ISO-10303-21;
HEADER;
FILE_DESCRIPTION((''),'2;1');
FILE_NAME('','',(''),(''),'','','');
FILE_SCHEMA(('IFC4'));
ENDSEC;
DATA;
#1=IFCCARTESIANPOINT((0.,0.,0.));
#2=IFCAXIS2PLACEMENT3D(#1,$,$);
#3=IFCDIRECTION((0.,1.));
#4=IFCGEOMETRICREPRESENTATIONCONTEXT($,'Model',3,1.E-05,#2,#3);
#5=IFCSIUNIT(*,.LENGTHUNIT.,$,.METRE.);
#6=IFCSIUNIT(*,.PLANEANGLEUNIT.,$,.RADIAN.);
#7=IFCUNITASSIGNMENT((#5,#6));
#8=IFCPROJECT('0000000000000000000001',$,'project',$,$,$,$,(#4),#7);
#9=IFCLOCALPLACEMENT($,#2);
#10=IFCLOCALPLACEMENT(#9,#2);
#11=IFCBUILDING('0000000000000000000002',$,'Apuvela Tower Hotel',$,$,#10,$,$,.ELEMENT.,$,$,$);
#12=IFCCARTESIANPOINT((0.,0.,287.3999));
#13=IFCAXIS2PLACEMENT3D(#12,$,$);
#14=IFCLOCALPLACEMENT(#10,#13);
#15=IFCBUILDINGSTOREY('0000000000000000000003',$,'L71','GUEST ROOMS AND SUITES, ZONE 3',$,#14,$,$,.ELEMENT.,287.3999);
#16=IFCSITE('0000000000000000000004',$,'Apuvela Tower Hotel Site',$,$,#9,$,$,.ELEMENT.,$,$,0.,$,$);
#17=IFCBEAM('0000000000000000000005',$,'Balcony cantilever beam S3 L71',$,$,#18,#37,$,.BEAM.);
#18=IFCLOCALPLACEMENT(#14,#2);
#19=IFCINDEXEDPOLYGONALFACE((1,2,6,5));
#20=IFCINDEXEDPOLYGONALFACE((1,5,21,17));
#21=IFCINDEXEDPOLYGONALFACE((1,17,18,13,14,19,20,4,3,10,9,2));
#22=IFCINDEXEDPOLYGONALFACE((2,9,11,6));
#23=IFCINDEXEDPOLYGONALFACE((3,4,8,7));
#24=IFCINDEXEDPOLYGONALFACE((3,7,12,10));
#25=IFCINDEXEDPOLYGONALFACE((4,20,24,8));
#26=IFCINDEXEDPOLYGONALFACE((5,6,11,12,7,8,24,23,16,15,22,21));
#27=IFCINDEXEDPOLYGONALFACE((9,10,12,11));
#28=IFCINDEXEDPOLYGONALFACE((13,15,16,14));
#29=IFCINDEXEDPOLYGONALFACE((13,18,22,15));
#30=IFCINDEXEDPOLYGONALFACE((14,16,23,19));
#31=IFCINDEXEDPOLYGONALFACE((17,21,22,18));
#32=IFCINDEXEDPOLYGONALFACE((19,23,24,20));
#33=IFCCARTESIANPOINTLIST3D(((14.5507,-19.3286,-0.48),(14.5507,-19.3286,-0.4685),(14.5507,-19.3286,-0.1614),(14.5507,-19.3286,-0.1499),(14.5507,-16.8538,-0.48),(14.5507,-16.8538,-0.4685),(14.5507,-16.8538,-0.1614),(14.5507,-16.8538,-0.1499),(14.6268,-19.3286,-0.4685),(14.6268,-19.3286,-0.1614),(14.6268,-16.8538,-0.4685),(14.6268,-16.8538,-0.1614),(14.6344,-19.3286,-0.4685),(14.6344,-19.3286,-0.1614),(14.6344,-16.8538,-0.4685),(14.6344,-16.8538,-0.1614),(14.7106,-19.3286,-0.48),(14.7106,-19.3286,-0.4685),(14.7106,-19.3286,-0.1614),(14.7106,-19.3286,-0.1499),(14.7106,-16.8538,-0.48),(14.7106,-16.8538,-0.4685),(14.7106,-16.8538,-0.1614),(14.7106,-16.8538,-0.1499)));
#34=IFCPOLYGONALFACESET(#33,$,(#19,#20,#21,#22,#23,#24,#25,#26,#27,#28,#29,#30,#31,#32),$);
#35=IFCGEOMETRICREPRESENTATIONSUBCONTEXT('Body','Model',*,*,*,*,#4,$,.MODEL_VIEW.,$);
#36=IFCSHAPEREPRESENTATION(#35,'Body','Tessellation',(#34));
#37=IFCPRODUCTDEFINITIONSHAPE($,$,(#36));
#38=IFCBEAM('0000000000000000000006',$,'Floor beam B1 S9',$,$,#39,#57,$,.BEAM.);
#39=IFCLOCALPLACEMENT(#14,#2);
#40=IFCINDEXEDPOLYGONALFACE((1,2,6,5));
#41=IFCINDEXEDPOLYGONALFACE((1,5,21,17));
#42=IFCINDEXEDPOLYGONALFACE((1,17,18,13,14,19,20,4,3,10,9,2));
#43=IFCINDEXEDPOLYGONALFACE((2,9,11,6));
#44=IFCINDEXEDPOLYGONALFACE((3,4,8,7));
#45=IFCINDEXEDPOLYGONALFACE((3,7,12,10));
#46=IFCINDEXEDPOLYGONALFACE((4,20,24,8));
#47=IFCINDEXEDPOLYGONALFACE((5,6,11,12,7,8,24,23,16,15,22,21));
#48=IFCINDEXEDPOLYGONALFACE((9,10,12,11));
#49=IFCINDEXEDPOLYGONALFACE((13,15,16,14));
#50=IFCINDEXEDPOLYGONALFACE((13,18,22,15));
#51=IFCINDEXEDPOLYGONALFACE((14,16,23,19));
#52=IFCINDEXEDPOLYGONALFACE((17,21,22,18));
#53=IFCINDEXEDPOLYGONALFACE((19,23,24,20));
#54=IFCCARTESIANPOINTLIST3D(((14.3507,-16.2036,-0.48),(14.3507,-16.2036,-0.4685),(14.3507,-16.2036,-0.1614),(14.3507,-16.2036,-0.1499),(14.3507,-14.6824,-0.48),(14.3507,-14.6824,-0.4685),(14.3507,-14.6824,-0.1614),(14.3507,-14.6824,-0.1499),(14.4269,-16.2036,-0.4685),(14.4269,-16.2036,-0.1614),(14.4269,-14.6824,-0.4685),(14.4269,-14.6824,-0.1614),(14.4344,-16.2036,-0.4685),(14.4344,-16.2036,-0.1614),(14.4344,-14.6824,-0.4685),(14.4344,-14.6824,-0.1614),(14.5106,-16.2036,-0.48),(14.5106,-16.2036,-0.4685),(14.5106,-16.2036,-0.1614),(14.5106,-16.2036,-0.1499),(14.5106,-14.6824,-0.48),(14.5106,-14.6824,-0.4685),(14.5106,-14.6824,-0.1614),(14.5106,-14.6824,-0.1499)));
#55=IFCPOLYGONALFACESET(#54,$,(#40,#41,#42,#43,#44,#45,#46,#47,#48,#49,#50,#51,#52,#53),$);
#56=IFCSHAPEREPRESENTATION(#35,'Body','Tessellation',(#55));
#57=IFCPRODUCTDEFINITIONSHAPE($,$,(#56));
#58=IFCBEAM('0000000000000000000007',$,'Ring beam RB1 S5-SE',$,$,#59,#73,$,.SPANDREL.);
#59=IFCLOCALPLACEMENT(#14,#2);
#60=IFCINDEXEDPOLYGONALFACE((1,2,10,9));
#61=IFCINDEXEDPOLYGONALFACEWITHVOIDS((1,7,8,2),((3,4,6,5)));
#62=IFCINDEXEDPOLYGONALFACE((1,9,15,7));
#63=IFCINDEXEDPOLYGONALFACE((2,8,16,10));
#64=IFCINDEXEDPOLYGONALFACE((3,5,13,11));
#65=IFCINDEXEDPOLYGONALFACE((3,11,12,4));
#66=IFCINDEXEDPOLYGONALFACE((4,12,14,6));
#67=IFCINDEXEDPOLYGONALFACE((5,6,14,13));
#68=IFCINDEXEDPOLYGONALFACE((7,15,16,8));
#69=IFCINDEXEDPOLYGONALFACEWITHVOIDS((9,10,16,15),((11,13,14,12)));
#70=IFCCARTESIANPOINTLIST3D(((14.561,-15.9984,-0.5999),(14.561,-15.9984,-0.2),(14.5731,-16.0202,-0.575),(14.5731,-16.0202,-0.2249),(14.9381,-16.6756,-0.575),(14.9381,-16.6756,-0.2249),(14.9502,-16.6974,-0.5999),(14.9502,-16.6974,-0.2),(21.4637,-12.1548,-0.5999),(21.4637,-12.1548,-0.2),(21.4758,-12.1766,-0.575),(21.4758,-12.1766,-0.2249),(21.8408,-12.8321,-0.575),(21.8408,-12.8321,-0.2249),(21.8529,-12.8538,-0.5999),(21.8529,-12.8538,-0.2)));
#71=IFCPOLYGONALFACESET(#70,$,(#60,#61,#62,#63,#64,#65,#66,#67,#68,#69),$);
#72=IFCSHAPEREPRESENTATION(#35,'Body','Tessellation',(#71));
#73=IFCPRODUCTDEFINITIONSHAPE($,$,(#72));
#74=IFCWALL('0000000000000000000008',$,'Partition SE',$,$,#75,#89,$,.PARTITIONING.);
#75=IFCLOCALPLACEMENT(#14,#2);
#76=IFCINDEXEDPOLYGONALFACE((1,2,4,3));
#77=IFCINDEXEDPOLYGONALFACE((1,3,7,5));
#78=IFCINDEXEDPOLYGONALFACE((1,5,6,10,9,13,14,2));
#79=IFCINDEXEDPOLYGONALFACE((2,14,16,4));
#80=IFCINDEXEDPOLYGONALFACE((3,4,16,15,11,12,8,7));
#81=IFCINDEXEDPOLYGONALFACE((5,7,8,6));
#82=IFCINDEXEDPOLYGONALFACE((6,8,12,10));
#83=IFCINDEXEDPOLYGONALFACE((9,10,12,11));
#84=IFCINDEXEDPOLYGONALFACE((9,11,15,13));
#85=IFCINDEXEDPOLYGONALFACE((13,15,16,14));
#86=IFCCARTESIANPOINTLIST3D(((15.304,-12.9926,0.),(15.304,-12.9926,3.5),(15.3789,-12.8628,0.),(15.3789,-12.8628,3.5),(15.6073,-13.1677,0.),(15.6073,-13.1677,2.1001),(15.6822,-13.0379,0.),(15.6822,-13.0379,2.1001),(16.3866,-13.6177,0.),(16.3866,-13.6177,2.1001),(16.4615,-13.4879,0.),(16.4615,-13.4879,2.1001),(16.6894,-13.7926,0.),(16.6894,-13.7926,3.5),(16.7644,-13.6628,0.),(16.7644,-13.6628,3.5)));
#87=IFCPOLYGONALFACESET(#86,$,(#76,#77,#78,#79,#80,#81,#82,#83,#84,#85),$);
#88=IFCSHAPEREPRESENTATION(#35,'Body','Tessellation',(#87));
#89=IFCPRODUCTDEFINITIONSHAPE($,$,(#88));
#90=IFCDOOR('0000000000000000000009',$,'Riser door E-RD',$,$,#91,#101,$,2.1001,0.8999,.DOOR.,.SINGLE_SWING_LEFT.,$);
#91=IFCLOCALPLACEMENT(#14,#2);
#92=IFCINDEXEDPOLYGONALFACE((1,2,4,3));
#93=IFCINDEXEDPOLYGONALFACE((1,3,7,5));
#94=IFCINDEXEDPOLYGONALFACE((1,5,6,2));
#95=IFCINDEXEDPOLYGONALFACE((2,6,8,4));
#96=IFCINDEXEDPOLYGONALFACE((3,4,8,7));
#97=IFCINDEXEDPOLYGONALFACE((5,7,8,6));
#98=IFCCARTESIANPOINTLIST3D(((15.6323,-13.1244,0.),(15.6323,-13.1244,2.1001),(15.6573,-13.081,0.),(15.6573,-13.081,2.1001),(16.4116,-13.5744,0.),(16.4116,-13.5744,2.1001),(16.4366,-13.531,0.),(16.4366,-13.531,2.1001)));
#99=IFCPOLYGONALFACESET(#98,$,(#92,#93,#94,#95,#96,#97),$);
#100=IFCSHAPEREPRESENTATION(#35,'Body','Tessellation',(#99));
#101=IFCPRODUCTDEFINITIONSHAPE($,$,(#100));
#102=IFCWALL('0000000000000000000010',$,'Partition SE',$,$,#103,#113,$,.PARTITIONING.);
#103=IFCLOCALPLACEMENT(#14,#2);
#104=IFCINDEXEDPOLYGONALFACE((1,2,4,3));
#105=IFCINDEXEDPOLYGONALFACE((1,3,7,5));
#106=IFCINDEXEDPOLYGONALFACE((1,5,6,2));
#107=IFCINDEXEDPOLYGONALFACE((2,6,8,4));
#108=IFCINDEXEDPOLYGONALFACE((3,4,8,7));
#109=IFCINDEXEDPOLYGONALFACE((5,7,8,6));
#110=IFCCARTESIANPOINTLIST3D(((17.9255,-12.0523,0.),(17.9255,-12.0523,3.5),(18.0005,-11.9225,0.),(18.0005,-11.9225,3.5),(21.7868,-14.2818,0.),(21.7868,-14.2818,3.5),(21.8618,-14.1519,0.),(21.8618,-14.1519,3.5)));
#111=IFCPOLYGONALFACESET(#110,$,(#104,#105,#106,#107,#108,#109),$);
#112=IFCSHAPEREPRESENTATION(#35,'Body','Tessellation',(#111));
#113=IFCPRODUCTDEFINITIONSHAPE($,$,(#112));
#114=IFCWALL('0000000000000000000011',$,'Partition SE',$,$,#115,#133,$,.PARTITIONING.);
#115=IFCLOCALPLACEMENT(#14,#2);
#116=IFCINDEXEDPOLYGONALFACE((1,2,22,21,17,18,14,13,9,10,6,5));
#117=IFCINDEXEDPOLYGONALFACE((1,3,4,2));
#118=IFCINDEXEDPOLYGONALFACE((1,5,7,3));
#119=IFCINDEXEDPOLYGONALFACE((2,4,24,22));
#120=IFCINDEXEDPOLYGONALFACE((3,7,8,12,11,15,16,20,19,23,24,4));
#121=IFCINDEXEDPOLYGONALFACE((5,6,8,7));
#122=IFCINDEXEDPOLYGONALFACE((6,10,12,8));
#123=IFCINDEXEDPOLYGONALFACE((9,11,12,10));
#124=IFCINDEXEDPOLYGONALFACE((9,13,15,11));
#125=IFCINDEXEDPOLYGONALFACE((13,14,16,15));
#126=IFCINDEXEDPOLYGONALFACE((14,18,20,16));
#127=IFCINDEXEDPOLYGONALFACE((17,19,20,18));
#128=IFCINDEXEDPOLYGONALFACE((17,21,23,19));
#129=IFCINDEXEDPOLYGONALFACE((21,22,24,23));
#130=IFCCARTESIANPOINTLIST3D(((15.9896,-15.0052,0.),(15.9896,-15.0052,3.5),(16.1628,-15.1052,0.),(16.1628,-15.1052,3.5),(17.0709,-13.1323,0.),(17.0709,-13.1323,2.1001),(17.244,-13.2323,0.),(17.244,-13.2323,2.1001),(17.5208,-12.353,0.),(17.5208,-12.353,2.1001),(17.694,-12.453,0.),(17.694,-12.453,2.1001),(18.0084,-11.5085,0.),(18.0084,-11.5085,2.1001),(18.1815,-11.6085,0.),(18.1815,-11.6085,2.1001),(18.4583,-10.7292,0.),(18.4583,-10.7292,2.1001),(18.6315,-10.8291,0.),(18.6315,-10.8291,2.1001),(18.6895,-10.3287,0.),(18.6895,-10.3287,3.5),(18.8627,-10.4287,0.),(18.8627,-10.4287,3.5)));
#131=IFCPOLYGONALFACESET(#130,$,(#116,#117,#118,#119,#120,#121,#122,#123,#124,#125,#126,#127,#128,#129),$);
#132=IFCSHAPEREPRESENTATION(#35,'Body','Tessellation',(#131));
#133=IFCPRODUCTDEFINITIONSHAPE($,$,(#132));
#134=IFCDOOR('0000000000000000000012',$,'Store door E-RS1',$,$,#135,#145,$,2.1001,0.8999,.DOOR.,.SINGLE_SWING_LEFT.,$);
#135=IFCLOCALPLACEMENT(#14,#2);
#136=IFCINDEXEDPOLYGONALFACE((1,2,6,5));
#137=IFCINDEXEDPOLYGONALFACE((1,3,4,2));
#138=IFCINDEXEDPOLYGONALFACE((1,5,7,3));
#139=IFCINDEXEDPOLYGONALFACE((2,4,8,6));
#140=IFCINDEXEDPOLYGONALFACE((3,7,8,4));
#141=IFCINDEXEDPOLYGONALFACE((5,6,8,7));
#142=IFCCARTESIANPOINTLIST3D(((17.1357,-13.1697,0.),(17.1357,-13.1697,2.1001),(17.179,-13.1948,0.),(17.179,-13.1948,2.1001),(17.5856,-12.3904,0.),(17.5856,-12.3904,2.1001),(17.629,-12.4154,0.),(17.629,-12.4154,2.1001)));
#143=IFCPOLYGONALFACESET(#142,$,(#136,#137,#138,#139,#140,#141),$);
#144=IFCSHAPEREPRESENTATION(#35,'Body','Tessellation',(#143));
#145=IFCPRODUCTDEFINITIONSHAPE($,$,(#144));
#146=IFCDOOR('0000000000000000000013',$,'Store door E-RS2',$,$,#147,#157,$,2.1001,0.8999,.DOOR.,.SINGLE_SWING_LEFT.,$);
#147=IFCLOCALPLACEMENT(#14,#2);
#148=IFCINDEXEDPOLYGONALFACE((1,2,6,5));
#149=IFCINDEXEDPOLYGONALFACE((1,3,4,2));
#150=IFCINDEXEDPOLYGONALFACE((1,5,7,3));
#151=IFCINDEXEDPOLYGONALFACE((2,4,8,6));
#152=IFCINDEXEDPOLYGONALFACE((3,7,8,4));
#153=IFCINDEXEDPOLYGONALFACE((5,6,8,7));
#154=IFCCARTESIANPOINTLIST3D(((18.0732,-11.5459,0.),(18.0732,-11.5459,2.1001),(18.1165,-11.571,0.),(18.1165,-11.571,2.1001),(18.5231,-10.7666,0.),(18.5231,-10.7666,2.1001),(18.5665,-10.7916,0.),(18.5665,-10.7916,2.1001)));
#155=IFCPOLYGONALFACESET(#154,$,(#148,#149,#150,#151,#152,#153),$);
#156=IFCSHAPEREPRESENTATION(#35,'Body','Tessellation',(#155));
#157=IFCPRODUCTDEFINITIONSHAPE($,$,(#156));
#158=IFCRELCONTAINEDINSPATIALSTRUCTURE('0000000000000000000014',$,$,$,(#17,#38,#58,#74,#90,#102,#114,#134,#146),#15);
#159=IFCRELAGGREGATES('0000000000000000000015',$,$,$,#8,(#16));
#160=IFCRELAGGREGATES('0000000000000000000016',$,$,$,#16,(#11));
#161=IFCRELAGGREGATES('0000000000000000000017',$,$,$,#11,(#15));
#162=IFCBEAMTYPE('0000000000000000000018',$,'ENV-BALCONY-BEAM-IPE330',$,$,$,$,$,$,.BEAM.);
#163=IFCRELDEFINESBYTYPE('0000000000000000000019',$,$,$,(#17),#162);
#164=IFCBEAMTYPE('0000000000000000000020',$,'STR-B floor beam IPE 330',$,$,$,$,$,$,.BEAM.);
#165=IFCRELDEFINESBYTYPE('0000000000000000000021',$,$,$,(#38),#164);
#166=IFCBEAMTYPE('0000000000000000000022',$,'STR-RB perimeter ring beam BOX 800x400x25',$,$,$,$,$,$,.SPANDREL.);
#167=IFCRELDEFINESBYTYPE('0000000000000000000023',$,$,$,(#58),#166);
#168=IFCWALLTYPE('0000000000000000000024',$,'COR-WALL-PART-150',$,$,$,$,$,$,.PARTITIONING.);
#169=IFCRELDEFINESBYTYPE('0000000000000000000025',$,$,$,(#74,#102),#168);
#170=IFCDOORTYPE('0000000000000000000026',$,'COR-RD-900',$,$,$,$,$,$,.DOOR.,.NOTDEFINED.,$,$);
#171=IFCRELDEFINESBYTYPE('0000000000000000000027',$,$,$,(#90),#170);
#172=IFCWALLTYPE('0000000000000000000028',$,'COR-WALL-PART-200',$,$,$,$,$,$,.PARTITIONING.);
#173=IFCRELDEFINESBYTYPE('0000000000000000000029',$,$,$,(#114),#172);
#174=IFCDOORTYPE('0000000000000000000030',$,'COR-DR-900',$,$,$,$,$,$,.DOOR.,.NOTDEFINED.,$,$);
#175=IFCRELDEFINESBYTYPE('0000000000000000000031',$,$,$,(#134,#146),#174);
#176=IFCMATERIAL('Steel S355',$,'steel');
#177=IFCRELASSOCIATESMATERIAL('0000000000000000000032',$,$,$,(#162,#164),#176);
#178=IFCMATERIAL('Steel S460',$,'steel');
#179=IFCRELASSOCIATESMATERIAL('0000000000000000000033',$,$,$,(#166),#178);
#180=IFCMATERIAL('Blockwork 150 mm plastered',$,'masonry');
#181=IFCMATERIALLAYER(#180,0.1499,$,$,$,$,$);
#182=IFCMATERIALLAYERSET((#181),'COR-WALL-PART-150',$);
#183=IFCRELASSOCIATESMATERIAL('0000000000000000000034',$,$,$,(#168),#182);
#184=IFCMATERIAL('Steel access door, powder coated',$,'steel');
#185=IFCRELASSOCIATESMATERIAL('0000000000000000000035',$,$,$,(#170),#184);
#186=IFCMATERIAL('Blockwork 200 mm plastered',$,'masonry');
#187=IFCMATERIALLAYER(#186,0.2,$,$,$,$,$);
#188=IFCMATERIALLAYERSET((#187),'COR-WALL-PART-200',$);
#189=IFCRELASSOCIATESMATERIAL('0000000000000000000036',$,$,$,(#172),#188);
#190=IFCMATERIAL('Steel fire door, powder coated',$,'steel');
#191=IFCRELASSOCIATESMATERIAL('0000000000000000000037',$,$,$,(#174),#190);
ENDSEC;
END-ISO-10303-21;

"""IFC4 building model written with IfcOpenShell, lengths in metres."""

from ifc_helpers import new_model, si_unit, direction, frame, frame_2d, origin, origin_2d, place, context, subcontext, project, spatial, rectangle, hollow_rectangle, i_section, extrude, material, layer, layer_set, material_profile, profile_set, type_object, element, fill, save


model = new_model("IFC4")

# Units and contexts
model_context = context("Model", 3, precision=1e-05, world=origin(), true_north=direction((0.0, 1.0)))
body_context = subcontext(model_context, "Body", "Model", "MODEL_VIEW")
ifc_project = project(units=[si_unit("LENGTHUNIT", "METRE"), si_unit("PLANEANGLEUNIT", "RADIAN")], contexts=[model_context])

# Site, building, storey
site_placement = place(None, origin())
site = spatial("IfcSite", under=ifc_project, at=site_placement, Name="Apuvela Tower Hotel Site", CompositionType="ELEMENT", RefElevation=0.0)
building_placement = place(site_placement, origin())
building = spatial("IfcBuilding", under=site, at=building_placement, Name="Apuvela Tower Hotel", CompositionType="ELEMENT")
storey_placement = place(building_placement, frame((0.0, 0.0, 287.3999)))
storey = spatial("IfcBuildingStorey", under=building, at=storey_placement, Name="L71", Description="GUEST ROOMS AND SUITES, ZONE 3", CompositionType="ELEMENT", Elevation=287.3999)

# Shared definitions
ifc_material_1 = material(Name="Steel S460", Category="steel")

# Beams
ifc_material_2 = material(Name="Steel S355", Category="steel")
ifc_material_profile_1 = material_profile(ifc_material_2, i_section(OverallWidth=0.1599, OverallDepth=0.3301, WebThickness=0.0076, FlangeThickness=0.0115, at=origin_2d()), Name="IPE 330")
ifc_profile_set_1 = profile_set([ifc_material_profile_1], Name="Steel S355")
beam_type_1 = type_object("IfcBeamType", Name="ENV-BALCONY-BEAM-IPE330", PredefinedType="BEAM", material=ifc_profile_set_1)
beam_1_placement = place(storey_placement, frame((14.6306, -16.8538, -0.3149), z_axis=(0.0, -1.0, 0.0), x_axis=(1.0, 0.0, 0.0)))
element("IfcBeam", 1, at=beam_1_placement, inside=storey, type_object=beam_type_1, Name="Balcony cantilever beam S3 L71", PredefinedType="BEAM", context=body_context, shape_type="SweptSolid", body=[
    extrude(i_section(OverallWidth=0.1599, OverallDepth=0.3301, WebThickness=0.0076, FlangeThickness=0.0115, at=origin_2d()), origin(), (0.0, 0.0, 1.0), 2.4749),
])
ifc_material_profile_2 = material_profile(ifc_material_2, i_section(OverallWidth=0.1599, OverallDepth=0.3301, WebThickness=0.0076, FlangeThickness=0.0115, at=origin_2d()), Name="IPE 330")
ifc_profile_set_2 = profile_set([ifc_material_profile_2], Name="Steel S355")
beam_type_2 = type_object("IfcBeamType", Name="STR-B floor beam IPE 330", PredefinedType="BEAM", material=ifc_profile_set_2)
beam_2_placement = place(storey_placement, frame((14.4307, -16.2036, -0.3149), z_axis=(0.0, 1.0, 0.0), x_axis=(-1.0, 0.0, 0.0)))
element("IfcBeam", 2, at=beam_2_placement, inside=storey, type_object=beam_type_2, Name="Floor beam B1 S9", PredefinedType="BEAM", context=body_context, shape_type="SweptSolid", body=[
    extrude(i_section(OverallWidth=0.1599, OverallDepth=0.3301, WebThickness=0.0076, FlangeThickness=0.0115, at=origin_2d()), origin(), (0.0, 0.0, 1.0), 1.5212),
])
ifc_material_profile_3 = material_profile(ifc_material_1, hollow_rectangle(XDim=0.8, YDim=0.3999, WallThickness=0.0249, at=origin_2d()), Name="BOX 800x400x25")
ifc_profile_set_3 = profile_set([ifc_material_profile_3], Name="Steel S460")
beam_type_3 = type_object("IfcBeamType", Name="STR-RB perimeter ring beam BOX 800x400x25", PredefinedType="SPANDREL", material=ifc_profile_set_3)
beam_3_placement = place(storey_placement, frame((14.7556, -16.3479, -0.3999), z_axis=(0.873688, 0.486488, 0.0), x_axis=(-0.486488, 0.873688, 0.0)))
element("IfcBeam", 3, at=beam_3_placement, inside=storey, type_object=beam_type_3, Name="Ring beam RB1 S5-SE", PredefinedType="SPANDREL", context=body_context, shape_type="SweptSolid", body=[
    extrude(hollow_rectangle(XDim=0.8, YDim=0.3999, WallThickness=0.0249, at=origin_2d()), origin(), (0.0, 0.0, 1.0), 7.9006),
])

# Wall, opening, door
ifc_material_3 = material(Name="Blockwork 150 mm plastered", Category="masonry")
ifc_layer_1 = layer(ifc_material_3, 0.1499)
ifc_layer_set_1 = layer_set([ifc_layer_1], Name="COR-WALL-PART-150")
wall_type_1 = type_object("IfcWallType", Name="COR-WALL-PART-150", PredefinedType="PARTITIONING", material=ifc_layer_set_1)
wall_1_placement = place(storey_placement, frame((15.3416, -12.9277, 0.0), z_axis=(0.0, 0.0, 1.0), x_axis=(0.86599, -0.500061, 0.0)))
wall_1 = element("IfcWall", 4, at=wall_1_placement, inside=storey, type_object=wall_type_1, Name="Partition SE", PredefinedType="PARTITIONING", context=body_context, shape_type="SweptSolid", body=[
    extrude(rectangle(XDim=1.5999, YDim=0.1499, at=frame_2d((0.7998, 0.0))), origin(), (0.0, 0.0, 1.0), 3.5),
])
opening_1_placement = place(wall_1_placement, frame((0.3501, 0.0, 0.0)))
opening_1 = element("IfcOpeningElement", 5, at=opening_1_placement, cuts=wall_1, PredefinedType="OPENING", context=body_context, shape_type="SweptSolid", body=[
    extrude(rectangle(XDim=0.8999, YDim=2.1001, at=frame_2d((0.45, 1.05))), frame((0.0, 0.085, 0.0), z_axis=(0.0, -1.0, 0.0), x_axis=(1.0, 0.0, 0.0)), (0.0, 0.0, 1.0), 0.1699),
])
ifc_material_4 = material(Name="Steel access door, powder coated", Category="steel")
door_type_1 = type_object("IfcDoorType", Name="COR-RD-900", OperationType="NOTDEFINED", PredefinedType="DOOR", material=ifc_material_4)
door_1_placement = place(opening_1_placement, frame((0.8999, 0.0, 0.0), z_axis=(0.0, 0.0, 1.0), x_axis=(-1.0, 0.0, 0.0)))
door_1 = element("IfcDoor", 6, at=door_1_placement, inside=storey, type_object=door_type_1, Name="Riser door E-RD", OperationType="SINGLE_SWING_LEFT", OverallHeight=2.1001, OverallWidth=0.8999, PredefinedType="DOOR", context=body_context, shape_type="SweptSolid", body=[
    extrude(rectangle(XDim=0.8999, YDim=2.1001, at=frame_2d((0.45, 1.05))), frame((0.0, 0.0249, 0.0), z_axis=(0.0, -1.0, 0.0), x_axis=(1.0, 0.0, 0.0)), (0.0, 0.0, 1.0), 0.05),
])
fill(opening_1, door_1)

# Wall
wall_2_placement = place(storey_placement, frame((17.9629, -11.9873, 0.0), z_axis=(0.0, 0.0, 1.0), x_axis=(0.866011, -0.500026, 0.0)))
element("IfcWall", 7, at=wall_2_placement, inside=storey, type_object=wall_type_1, Name="Partition SE", PredefinedType="PARTITIONING", context=body_context, shape_type="SweptSolid", body=[
    extrude(rectangle(XDim=4.4587, YDim=0.1499, at=frame_2d((2.2295, 0.0))), origin(), (0.0, 0.0, 1.0), 3.5),
])

# Wall, openings, doors
ifc_material_5 = material(Name="Blockwork 200 mm plastered", Category="masonry")
ifc_layer_2 = layer(ifc_material_5, 0.2)
ifc_layer_set_2 = layer_set([ifc_layer_2], Name="COR-WALL-PART-200")
wall_type_2 = type_object("IfcWallType", Name="COR-WALL-PART-200", PredefinedType="PARTITIONING", material=ifc_layer_set_2)
wall_3_placement = place(storey_placement, frame((16.0762, -15.0552, 0.0), z_axis=(0.0, 0.0, 1.0), x_axis=(0.499995, 0.866028, 0.0)))
wall_3 = element("IfcWall", 8, at=wall_3_placement, inside=storey, type_object=wall_type_2, Name="Partition SE", PredefinedType="PARTITIONING", context=body_context, shape_type="SweptSolid", body=[
    extrude(rectangle(XDim=5.3999, YDim=0.2, at=frame_2d((2.7, 0.0))), origin(), (0.0, 0.0, 1.0), 3.5),
])
opening_2_placement = place(wall_3_placement, frame((2.1626, 0.0, 0.0)))
opening_2 = element("IfcOpeningElement", 9, at=opening_2_placement, cuts=wall_3, PredefinedType="OPENING", context=body_context, shape_type="SweptSolid", body=[
    extrude(rectangle(XDim=0.8999, YDim=2.1001, at=frame_2d((0.45, 1.05))), frame((0.0, 0.1099, 0.0), z_axis=(0.0, -1.0, 0.0), x_axis=(1.0, 0.0, 0.0)), (0.0, 0.0, 1.0), 0.22),
])
opening_3_placement = place(wall_3_placement, frame((4.0376, 0.0, 0.0)))
opening_3 = element("IfcOpeningElement", 10, at=opening_3_placement, cuts=wall_3, PredefinedType="OPENING", context=body_context, shape_type="SweptSolid", body=[
    extrude(rectangle(XDim=0.8999, YDim=2.1001, at=frame_2d((0.45, 1.05))), frame((0.0, 0.1099, 0.0), z_axis=(0.0, -1.0, 0.0), x_axis=(1.0, 0.0, 0.0)), (0.0, 0.0, 1.0), 0.22),
])
ifc_material_6 = material(Name="Steel fire door, powder coated", Category="steel")
door_type_2 = type_object("IfcDoorType", Name="COR-DR-900", OperationType="NOTDEFINED", PredefinedType="DOOR", material=ifc_material_6)
door_2_placement = place(opening_2_placement, frame((0.8999, 0.0, 0.0), z_axis=(0.0, 0.0, 1.0), x_axis=(-1.0, 0.0, 0.0)))
door_2 = element("IfcDoor", 11, at=door_2_placement, inside=storey, type_object=door_type_2, Name="Store door E-RS1", OperationType="SINGLE_SWING_LEFT", OverallHeight=2.1001, OverallWidth=0.8999, PredefinedType="DOOR", context=body_context, shape_type="SweptSolid", body=[
    extrude(rectangle(XDim=0.8999, YDim=2.1001, at=frame_2d((0.45, 1.05))), frame((0.0, 0.0249, 0.0), z_axis=(0.0, -1.0, 0.0), x_axis=(1.0, 0.0, 0.0)), (0.0, 0.0, 1.0), 0.05),
])
fill(opening_2, door_2)
door_3_placement = place(opening_3_placement, frame((0.8999, 0.0, 0.0), z_axis=(0.0, 0.0, 1.0), x_axis=(-1.0, 0.0, 0.0)))
door_3 = element("IfcDoor", 12, at=door_3_placement, inside=storey, type_object=door_type_2, Name="Store door E-RS2", OperationType="SINGLE_SWING_LEFT", OverallHeight=2.1001, OverallWidth=0.8999, PredefinedType="DOOR", context=body_context, shape_type="SweptSolid", body=[
    extrude(rectangle(XDim=0.8999, YDim=2.1001, at=frame_2d((0.45, 1.05))), frame((0.0, 0.0249, 0.0), z_axis=(0.0, -1.0, 0.0), x_axis=(1.0, 0.0, 0.0)), (0.0, 0.0, 1.0), 0.05),
])
fill(opening_3, door_3)

save(model, "model.ifc")
